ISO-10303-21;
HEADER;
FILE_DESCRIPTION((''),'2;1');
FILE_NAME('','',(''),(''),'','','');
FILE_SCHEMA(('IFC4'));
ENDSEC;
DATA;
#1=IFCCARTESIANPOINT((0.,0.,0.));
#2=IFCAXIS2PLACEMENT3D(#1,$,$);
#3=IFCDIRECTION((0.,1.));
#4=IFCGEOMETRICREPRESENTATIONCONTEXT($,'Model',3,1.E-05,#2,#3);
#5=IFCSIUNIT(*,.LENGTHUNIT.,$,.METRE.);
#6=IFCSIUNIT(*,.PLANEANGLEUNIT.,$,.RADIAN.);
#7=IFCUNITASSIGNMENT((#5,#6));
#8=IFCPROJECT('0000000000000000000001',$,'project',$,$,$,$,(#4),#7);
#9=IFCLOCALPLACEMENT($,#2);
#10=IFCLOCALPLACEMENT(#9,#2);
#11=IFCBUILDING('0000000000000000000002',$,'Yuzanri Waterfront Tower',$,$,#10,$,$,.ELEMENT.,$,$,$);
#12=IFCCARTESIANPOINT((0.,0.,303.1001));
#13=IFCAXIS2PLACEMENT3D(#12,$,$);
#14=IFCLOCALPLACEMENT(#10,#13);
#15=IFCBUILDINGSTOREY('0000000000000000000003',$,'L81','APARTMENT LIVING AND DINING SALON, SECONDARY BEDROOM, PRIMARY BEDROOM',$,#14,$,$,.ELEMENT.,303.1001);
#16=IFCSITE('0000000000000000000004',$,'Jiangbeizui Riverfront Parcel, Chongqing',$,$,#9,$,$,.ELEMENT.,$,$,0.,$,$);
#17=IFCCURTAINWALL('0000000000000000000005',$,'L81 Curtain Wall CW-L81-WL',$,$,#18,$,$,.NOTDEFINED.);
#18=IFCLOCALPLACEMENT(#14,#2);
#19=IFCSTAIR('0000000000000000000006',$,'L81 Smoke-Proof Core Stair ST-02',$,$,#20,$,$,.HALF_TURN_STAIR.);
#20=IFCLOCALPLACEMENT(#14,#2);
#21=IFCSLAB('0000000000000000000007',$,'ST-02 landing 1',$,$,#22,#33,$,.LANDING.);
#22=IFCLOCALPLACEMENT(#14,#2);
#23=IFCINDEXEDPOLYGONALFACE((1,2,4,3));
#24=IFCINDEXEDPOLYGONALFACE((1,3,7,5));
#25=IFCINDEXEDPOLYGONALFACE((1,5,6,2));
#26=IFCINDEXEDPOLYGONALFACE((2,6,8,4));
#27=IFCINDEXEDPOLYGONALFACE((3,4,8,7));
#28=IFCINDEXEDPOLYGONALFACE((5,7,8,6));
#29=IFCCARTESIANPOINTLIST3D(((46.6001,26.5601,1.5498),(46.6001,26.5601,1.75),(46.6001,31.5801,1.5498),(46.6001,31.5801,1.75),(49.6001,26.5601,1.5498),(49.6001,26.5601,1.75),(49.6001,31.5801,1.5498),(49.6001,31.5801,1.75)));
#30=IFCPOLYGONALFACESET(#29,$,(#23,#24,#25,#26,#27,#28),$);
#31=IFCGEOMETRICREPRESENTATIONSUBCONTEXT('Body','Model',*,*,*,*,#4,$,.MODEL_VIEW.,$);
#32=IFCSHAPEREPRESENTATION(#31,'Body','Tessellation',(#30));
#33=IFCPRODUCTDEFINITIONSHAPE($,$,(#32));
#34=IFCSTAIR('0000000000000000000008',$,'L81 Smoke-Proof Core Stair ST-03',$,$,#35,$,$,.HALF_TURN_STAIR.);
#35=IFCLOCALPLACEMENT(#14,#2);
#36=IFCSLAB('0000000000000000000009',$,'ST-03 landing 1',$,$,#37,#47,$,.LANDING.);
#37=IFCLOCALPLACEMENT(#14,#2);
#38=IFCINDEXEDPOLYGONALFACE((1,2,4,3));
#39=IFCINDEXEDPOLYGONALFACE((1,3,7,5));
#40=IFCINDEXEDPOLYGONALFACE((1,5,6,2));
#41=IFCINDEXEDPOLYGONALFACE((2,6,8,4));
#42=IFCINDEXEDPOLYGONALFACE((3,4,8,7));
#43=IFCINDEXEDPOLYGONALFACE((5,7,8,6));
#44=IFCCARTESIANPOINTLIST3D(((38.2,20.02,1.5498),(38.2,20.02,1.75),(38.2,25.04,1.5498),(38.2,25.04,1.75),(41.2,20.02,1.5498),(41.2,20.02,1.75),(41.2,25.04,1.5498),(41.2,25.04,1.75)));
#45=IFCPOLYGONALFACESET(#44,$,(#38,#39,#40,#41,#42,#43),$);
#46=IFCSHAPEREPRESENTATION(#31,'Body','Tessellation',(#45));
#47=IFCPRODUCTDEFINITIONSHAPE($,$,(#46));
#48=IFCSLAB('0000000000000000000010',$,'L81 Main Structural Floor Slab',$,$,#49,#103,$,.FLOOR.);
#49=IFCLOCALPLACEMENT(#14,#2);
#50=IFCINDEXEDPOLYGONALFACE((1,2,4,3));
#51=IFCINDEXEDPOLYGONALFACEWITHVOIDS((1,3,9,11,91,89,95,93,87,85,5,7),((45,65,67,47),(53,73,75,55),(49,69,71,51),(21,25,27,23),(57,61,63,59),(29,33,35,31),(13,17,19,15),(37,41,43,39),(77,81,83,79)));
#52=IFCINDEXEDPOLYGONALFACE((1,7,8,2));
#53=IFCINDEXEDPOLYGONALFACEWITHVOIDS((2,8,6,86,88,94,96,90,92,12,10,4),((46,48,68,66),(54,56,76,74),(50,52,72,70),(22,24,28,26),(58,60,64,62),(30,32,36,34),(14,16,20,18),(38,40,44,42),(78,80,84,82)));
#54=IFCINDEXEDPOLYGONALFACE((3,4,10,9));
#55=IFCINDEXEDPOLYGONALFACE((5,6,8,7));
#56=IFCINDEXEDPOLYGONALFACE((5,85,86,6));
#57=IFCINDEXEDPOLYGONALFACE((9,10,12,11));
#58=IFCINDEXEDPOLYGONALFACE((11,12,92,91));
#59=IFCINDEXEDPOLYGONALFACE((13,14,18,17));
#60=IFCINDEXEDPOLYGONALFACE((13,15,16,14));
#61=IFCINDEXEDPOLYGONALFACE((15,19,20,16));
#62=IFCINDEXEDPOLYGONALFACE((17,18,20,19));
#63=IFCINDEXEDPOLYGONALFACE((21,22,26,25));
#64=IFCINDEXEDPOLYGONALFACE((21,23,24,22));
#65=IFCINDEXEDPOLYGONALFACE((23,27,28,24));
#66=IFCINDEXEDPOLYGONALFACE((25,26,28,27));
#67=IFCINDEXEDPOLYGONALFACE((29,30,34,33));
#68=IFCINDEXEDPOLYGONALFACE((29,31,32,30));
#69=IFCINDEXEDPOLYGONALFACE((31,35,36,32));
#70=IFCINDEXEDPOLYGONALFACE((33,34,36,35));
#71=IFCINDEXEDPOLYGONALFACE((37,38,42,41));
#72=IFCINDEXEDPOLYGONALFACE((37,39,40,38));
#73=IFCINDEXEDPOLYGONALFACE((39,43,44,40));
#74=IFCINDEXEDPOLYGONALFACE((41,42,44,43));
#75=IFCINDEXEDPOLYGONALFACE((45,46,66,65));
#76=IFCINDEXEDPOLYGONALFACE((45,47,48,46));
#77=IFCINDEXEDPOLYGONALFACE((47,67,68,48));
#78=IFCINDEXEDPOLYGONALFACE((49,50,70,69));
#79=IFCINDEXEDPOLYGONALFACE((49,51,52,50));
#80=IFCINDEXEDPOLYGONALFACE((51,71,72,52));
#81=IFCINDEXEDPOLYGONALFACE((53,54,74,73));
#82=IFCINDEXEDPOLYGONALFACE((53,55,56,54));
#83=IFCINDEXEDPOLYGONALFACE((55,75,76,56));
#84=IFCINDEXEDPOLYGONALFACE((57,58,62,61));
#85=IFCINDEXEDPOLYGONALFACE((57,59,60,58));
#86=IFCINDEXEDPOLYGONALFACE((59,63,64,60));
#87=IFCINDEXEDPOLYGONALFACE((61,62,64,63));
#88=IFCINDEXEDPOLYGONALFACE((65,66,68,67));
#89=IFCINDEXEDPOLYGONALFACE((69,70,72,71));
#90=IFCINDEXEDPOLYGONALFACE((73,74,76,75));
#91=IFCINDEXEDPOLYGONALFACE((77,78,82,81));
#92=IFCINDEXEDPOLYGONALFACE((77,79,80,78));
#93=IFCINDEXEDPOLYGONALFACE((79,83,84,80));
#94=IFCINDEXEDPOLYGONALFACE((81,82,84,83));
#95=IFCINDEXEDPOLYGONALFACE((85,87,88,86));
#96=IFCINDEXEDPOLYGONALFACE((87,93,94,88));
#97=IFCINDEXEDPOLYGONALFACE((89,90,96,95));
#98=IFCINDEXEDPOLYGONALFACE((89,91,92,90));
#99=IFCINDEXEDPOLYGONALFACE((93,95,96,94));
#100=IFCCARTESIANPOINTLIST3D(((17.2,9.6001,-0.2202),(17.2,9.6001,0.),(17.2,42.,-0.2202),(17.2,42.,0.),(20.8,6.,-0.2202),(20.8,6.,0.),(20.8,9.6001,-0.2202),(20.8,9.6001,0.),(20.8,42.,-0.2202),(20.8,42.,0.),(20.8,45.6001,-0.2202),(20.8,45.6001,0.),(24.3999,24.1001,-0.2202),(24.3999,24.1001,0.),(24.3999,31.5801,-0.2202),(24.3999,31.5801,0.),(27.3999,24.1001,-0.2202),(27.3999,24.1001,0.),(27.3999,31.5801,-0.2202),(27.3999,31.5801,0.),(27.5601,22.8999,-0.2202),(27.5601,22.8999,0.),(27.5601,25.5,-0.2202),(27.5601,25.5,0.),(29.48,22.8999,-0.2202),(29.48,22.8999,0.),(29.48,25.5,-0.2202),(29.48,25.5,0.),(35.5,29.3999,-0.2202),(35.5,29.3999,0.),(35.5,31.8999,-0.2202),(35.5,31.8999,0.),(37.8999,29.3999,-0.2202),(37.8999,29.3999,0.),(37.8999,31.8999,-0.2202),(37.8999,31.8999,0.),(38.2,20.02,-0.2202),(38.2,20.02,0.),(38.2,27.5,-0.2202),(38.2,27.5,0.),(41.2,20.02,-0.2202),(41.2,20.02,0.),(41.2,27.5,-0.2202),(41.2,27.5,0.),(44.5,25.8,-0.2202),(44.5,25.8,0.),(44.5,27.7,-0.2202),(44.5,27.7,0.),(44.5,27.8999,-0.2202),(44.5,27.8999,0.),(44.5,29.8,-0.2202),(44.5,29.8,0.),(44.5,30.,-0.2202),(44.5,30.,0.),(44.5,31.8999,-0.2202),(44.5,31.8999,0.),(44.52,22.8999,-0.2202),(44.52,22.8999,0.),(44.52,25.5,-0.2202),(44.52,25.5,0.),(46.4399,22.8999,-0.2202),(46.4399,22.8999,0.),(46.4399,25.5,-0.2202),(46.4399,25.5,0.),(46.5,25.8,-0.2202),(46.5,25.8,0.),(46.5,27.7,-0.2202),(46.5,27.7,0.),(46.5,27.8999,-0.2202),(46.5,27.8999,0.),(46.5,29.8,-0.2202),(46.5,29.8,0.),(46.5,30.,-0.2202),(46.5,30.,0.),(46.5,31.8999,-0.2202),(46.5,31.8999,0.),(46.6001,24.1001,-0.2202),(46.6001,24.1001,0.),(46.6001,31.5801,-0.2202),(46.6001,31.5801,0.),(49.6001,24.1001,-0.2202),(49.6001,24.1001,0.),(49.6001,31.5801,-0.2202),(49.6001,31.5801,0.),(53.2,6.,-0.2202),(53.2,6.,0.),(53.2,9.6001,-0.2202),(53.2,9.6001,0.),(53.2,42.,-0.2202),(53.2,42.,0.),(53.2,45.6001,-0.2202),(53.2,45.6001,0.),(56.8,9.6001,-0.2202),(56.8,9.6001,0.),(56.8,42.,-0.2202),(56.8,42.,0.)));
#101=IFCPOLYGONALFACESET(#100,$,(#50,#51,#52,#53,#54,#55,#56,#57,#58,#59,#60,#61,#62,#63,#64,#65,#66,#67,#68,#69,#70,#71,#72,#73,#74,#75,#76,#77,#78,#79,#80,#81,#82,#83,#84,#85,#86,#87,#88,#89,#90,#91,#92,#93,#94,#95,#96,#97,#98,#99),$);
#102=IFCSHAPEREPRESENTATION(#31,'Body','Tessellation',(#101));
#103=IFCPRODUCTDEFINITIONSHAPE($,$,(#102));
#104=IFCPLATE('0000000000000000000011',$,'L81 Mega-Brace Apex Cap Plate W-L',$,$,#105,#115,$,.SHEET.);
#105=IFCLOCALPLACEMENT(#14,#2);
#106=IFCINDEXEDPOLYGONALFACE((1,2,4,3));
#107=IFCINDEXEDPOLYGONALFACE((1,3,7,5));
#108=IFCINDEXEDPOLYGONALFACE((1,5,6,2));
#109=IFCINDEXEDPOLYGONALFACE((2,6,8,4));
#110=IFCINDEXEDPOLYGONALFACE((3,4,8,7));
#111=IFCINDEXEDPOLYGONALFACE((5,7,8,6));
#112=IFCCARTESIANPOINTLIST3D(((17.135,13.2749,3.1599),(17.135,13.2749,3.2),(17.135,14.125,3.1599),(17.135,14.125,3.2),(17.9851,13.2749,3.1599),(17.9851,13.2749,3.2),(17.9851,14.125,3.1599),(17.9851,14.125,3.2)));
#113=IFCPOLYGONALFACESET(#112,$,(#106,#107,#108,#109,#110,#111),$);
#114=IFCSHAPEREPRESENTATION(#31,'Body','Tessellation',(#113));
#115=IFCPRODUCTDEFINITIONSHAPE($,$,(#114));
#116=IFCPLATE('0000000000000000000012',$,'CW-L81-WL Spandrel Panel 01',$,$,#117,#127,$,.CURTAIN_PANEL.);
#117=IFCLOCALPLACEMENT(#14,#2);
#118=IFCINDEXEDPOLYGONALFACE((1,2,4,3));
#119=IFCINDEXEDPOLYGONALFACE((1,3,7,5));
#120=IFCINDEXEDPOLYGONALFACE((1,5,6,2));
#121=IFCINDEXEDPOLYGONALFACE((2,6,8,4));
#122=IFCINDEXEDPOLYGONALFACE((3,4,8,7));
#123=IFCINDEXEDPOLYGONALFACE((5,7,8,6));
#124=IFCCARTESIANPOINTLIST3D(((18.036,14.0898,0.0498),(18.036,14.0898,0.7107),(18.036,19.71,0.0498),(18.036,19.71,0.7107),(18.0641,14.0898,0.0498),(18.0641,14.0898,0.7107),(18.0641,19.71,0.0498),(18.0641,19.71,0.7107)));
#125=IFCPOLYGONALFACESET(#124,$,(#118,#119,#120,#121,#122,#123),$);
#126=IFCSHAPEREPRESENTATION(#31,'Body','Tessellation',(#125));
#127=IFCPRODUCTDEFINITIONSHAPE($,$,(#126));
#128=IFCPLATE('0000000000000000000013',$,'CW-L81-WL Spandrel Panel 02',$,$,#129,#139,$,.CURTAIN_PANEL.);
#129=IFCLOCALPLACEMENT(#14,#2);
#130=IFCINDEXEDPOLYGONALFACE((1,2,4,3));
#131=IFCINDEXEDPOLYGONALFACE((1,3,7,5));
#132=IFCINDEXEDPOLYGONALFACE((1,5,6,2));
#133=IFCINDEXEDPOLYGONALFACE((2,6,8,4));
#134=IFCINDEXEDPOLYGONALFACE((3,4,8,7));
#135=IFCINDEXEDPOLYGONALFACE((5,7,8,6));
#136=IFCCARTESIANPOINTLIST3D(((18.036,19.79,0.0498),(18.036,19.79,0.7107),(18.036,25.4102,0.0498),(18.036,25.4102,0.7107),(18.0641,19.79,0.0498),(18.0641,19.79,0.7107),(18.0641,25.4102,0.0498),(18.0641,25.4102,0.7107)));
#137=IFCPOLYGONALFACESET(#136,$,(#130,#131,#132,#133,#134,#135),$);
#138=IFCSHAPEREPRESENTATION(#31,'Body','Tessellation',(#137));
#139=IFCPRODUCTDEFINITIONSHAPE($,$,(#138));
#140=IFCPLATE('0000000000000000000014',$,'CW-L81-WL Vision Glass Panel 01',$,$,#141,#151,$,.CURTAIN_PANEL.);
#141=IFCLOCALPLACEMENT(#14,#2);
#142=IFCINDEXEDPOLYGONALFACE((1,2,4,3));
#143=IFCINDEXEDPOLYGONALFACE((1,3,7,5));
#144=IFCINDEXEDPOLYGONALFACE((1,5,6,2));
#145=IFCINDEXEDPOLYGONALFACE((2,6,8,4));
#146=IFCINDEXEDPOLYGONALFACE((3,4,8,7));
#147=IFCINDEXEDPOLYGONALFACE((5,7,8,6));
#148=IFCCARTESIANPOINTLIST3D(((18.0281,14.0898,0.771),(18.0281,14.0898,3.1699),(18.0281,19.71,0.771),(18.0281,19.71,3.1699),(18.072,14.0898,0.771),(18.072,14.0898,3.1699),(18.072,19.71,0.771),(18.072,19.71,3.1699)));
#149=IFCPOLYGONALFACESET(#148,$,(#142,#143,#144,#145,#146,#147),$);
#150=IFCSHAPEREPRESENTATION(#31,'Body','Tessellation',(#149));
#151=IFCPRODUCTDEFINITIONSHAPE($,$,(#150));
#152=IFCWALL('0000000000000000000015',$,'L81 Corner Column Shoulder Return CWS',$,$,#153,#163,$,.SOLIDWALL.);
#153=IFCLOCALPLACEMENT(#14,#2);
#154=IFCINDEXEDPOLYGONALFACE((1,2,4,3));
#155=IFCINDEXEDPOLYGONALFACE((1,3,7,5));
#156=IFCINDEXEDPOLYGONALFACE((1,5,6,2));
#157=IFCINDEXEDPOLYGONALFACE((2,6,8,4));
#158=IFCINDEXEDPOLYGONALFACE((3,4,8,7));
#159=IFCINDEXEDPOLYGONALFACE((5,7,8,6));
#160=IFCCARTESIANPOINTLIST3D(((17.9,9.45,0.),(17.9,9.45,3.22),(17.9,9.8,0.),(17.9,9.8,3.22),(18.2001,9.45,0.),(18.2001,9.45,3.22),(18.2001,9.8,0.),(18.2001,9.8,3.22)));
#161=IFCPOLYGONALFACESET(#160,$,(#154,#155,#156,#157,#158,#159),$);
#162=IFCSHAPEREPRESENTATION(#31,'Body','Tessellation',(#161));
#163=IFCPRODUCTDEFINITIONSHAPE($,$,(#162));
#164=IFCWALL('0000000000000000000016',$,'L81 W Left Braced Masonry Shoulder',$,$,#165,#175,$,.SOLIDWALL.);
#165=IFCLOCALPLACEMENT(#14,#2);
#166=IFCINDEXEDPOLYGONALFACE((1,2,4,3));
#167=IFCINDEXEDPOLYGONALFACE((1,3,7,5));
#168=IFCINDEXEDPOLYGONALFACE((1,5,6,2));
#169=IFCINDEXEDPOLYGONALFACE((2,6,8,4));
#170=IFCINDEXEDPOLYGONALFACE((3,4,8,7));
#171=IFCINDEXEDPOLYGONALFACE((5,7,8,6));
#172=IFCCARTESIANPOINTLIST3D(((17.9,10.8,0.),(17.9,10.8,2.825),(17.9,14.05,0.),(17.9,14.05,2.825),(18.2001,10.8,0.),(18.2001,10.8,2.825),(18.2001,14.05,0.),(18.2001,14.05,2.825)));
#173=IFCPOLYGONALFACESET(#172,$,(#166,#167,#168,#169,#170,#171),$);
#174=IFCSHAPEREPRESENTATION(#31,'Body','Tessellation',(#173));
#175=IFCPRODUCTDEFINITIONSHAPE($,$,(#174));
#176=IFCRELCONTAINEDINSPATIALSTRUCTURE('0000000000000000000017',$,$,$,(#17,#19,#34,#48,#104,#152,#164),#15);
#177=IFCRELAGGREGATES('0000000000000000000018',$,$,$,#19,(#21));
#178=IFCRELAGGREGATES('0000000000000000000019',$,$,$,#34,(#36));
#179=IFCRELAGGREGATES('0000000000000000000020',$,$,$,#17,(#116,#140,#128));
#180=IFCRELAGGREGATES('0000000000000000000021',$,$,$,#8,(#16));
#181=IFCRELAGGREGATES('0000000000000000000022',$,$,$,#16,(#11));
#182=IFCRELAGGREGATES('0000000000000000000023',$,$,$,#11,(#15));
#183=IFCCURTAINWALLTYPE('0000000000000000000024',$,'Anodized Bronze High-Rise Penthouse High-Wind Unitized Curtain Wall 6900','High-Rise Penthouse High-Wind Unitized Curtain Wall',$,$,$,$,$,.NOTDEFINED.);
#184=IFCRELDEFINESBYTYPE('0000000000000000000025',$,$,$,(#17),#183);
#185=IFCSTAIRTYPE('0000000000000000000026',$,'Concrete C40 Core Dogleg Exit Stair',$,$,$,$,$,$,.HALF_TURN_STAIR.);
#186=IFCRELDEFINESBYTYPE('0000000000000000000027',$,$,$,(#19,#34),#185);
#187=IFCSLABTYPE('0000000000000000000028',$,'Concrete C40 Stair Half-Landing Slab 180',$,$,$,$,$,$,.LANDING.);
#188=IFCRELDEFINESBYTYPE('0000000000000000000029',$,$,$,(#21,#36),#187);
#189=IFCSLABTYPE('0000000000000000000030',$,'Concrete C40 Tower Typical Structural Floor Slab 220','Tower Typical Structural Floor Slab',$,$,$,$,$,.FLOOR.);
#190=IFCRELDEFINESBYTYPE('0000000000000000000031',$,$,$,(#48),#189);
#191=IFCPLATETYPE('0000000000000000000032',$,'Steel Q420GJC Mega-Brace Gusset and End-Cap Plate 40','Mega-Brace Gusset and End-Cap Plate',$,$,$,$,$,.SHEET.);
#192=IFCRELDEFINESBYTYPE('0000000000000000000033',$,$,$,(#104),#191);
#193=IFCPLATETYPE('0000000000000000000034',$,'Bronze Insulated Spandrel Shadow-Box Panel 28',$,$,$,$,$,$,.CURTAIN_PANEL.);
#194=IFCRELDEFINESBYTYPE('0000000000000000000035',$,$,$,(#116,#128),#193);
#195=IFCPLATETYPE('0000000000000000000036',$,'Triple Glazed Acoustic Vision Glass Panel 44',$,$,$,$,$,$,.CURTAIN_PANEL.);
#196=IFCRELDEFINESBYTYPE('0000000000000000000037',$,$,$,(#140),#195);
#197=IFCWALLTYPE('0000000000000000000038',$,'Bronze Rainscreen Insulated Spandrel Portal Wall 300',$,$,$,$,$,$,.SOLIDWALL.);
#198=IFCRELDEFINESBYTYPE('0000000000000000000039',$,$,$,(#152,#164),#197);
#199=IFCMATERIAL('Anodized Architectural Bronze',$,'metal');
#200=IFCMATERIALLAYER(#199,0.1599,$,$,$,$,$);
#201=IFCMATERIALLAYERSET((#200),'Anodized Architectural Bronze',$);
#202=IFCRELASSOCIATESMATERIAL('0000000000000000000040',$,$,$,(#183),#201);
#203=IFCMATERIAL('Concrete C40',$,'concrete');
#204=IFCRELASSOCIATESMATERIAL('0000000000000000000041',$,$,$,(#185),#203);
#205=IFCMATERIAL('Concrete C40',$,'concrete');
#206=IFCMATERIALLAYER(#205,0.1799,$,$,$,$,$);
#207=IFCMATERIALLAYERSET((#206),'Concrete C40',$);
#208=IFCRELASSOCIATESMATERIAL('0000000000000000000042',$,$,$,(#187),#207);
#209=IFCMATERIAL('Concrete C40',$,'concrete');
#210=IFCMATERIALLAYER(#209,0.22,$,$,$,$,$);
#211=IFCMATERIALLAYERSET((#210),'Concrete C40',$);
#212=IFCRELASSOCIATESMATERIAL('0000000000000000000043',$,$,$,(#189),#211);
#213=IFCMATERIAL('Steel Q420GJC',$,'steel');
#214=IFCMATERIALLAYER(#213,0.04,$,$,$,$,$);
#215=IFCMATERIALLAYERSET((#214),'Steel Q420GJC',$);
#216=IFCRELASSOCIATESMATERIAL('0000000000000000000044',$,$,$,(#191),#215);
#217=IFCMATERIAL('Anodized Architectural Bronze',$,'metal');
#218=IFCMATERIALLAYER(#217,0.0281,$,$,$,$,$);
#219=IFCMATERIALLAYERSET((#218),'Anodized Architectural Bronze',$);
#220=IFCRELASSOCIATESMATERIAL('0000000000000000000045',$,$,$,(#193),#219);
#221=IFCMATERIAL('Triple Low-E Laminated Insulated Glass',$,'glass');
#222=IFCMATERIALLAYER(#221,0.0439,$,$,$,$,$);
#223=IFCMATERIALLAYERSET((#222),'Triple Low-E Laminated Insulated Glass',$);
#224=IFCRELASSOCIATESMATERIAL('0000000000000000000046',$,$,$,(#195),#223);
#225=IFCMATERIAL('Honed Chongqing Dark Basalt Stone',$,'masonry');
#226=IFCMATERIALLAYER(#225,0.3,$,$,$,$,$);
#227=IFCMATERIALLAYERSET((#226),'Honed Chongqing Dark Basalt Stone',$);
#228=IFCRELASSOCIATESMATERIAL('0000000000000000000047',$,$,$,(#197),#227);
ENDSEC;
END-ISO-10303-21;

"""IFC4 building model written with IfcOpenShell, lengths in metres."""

from ifc_helpers import new_model, si_unit, direction, frame, frame_2d, origin, origin_2d, place, context, subcontext, project, spatial, polyline, rectangle, outline, extrude, source, transform, mapped, material, layer, layer_set, type_object, element, aggregate, save


model = new_model("IFC4")

# Units and contexts
model_context = context("Model", 3, precision=1e-05, world=origin(), true_north=direction((0.0, 1.0)))
body_context = subcontext(model_context, "Body", "Model", "MODEL_VIEW")
ifc_project = project(units=[si_unit("LENGTHUNIT", "METRE"), si_unit("PLANEANGLEUNIT", "RADIAN")], contexts=[model_context])

# Site, building, storey
site_placement = place(None, origin())
site = spatial("IfcSite", under=ifc_project, at=site_placement, Name="Jiangbeizui Riverfront Parcel, Chongqing", CompositionType="ELEMENT", RefElevation=0.0)
building_placement = place(site_placement, origin())
building = spatial("IfcBuilding", under=site, at=building_placement, Name="Yuzanri Waterfront Tower", CompositionType="ELEMENT")
storey_placement = place(building_placement, frame((0.0, 0.0, 303.1001)))
storey = spatial("IfcBuildingStorey", under=building, at=storey_placement, Name="L81", Description="APARTMENT LIVING AND DINING SALON, SECONDARY BEDROOM, PRIMARY BEDROOM", CompositionType="ELEMENT", Elevation=303.1001)

# Curtain wall
ifc_material_1 = material(Name="Anodized Architectural Bronze", Category="metal")
ifc_layer_1 = layer(ifc_material_1, 0.1599)
ifc_layer_set_1 = layer_set([ifc_layer_1], Name="Anodized Architectural Bronze")
curtain_wall_type = type_object("IfcCurtainWallType", Name="Anodized Bronze High-Rise Penthouse High-Wind Unitized Curtain Wall 6900", Description="High-Rise Penthouse High-Wind Unitized Curtain Wall", PredefinedType="NOTDEFINED", material=ifc_layer_set_1)
curtain_wall_placement = place(storey_placement, origin())
curtain_wall = element("IfcCurtainWall", 1, at=curtain_wall_placement, inside=storey, type_object=curtain_wall_type, Name="L81 Curtain Wall CW-L81-WL", PredefinedType="NOTDEFINED")

# Stairs, slabs
ifc_material_2 = material(Name="Concrete C40", Category="concrete")
stair_type = type_object("IfcStairType", Name="Concrete C40 Core Dogleg Exit Stair", PredefinedType="HALF_TURN_STAIR", material=ifc_material_2)
ifc_material_3 = material(Name="Concrete C40", Category="concrete")
ifc_layer_2 = layer(ifc_material_3, 0.1799)
ifc_layer_set_2 = layer_set([ifc_layer_2], Name="Concrete C40")
slab_type_1 = type_object("IfcSlabType", Name="Concrete C40 Stair Half-Landing Slab 180", PredefinedType="LANDING", material=ifc_layer_set_2)
stair_1_placement = place(storey_placement, origin())
stair_1 = element("IfcStair", 2, at=stair_1_placement, inside=storey, type_object=stair_type, Name="L81 Smoke-Proof Core Stair ST-02", PredefinedType="HALF_TURN_STAIR")
slab_1_placement = place(storey_placement, frame((0.0, 0.0, 1.5498)))
slab_1 = element("IfcSlab", 3, at=slab_1_placement, type_object=slab_type_1, Name="ST-02 landing 1", PredefinedType="LANDING", context=body_context, shape_type="SweptSolid", body=[
    extrude(outline(polyline([(49.6001, 26.5601), (49.6001, 31.5801), (46.6001, 31.5801), (46.6001, 26.5601), (49.6001, 26.5601)])), origin(), (0.0, 0.0, 1.0), 0.2002),
])
aggregate(stair_1, [slab_1])
stair_2_placement = place(storey_placement, origin())
stair_2 = element("IfcStair", 4, at=stair_2_placement, inside=storey, type_object=stair_type, Name="L81 Smoke-Proof Core Stair ST-03", PredefinedType="HALF_TURN_STAIR")
slab_2_placement = place(storey_placement, frame((0.0, 0.0, 1.5498)))
slab_2 = element("IfcSlab", 5, at=slab_2_placement, type_object=slab_type_1, Name="ST-03 landing 1", PredefinedType="LANDING", context=body_context, shape_type="SweptSolid", body=[
    extrude(outline(polyline([(38.2, 25.04), (38.2, 20.02), (41.2, 20.02), (41.2, 25.04), (38.2, 25.04)])), origin(), (0.0, 0.0, 1.0), 0.2002),
])
aggregate(stair_2, [slab_2])

# Slab
ifc_material_4 = material(Name="Concrete C40", Category="concrete")
ifc_layer_3 = layer(ifc_material_4, 0.22)
ifc_layer_set_3 = layer_set([ifc_layer_3], Name="Concrete C40")
slab_type_2 = type_object("IfcSlabType", Name="Concrete C40 Tower Typical Structural Floor Slab 220", Description="Tower Typical Structural Floor Slab", PredefinedType="FLOOR", material=ifc_layer_set_3)
slab_3_placement = place(storey_placement, frame((0.0, 0.0, -0.2202)))
element("IfcSlab", 6, at=slab_3_placement, inside=storey, type_object=slab_type_2, Name="L81 Main Structural Floor Slab", PredefinedType="FLOOR", context=body_context, shape_type="SweptSolid", body=[
    extrude(outline(polyline([(20.8, 6.0), (53.2, 6.0), (53.2, 9.6001), (56.8, 9.6001), (56.8, 42.0), (53.2, 42.0), (53.2, 45.6001), (20.8, 45.6001), (20.8, 42.0), (17.2, 42.0), (17.2, 9.6001), (20.8, 9.6001), (20.8, 6.0)]), holes=[polyline([(27.3999, 24.1001), (27.3999, 31.5801), (24.3999, 31.5801), (24.3999, 24.1001), (27.3999, 24.1001)]), polyline([(49.6001, 24.1001), (49.6001, 31.5801), (46.6001, 31.5801), (46.6001, 24.1001), (49.6001, 24.1001)]), polyline([(38.2, 27.5), (38.2, 20.02), (41.2, 20.02), (41.2, 27.5), (38.2, 27.5)]), polyline([(27.5601, 22.8999), (29.48, 22.8999), (29.48, 25.5), (27.5601, 25.5), (27.5601, 22.8999)]), polyline([(44.52, 22.8999), (46.4399, 22.8999), (46.4399, 25.5), (44.52, 25.5), (44.52, 22.8999)]), polyline([(35.5, 29.3999), (37.8999, 29.3999), (37.8999, 31.8999), (35.5, 31.8999), (35.5, 29.3999)]), polyline([(44.5, 25.8), (46.5, 25.8), (46.5, 27.7), (44.5, 27.7), (44.5, 25.8)]), polyline([(44.5, 27.8999), (46.5, 27.8999), (46.5, 29.8), (44.5, 29.8), (44.5, 27.8999)]), polyline([(44.5, 30.0), (46.5, 30.0), (46.5, 31.8999), (44.5, 31.8999), (44.5, 30.0)])]), origin(), (0.0, 0.0, 1.0), 0.2202),
])

# Plates
ifc_material_5 = material(Name="Steel Q420GJC", Category="steel")
ifc_layer_4 = layer(ifc_material_5, 0.04)
ifc_layer_set_4 = layer_set([ifc_layer_4], Name="Steel Q420GJC")
plate_type_1 = type_object("IfcPlateType", Name="Steel Q420GJC Mega-Brace Gusset and End-Cap Plate 40", Description="Mega-Brace Gusset and End-Cap Plate", PredefinedType="SHEET", material=ifc_layer_set_4)
shared_shape_1 = source(origin(), body_context, "Body", "SweptSolid", [
    extrude(rectangle(XDim=0.8501, YDim=0.8501, at=origin_2d()), origin(), (0.0, 0.0, 1.0), 0.04),
])
plate_1_placement = place(storey_placement, frame((17.5601, 13.7, 3.1599), z_axis=(0.0, 0.0, 1.0), x_axis=(1.0, 0.0, 0.0)))
element("IfcPlate", 7, at=plate_1_placement, inside=storey, type_object=plate_type_1, Name="L81 Mega-Brace Apex Cap Plate W-L", PredefinedType="SHEET", context=body_context, shape_type="MappedRepresentation", body=[
    mapped(shared_shape_1, transform((0.0, 0.0, 0.0), scale=1.0)),
])
ifc_material_6 = material(Name="Anodized Architectural Bronze", Category="metal")
ifc_layer_5 = layer(ifc_material_6, 0.0281)
ifc_layer_set_5 = layer_set([ifc_layer_5], Name="Anodized Architectural Bronze")
plate_type_2 = type_object("IfcPlateType", Name="Bronze Insulated Spandrel Shadow-Box Panel 28", PredefinedType="CURTAIN_PANEL", material=ifc_layer_set_5)
shared_shape_2 = source(origin(), body_context, "Body", "SweptSolid", [
    extrude(rectangle(XDim=5.6201, YDim=0.0281, at=origin_2d()), origin(), (0.0, 0.0, 1.0), 0.6609),
])
plate_2_placement = place(storey_placement, frame((18.05, 16.8999, 0.0498), z_axis=(0.0, 0.0, 1.0), x_axis=(0.0, 1.0, 0.0)))
plate_2 = element("IfcPlate", 8, at=plate_2_placement, type_object=plate_type_2, Name="CW-L81-WL Spandrel Panel 01", PredefinedType="CURTAIN_PANEL", context=body_context, shape_type="MappedRepresentation", body=[
    mapped(shared_shape_2, transform((0.0, 0.0, 0.0), scale=1.0)),
])
plate_3_placement = place(storey_placement, frame((18.05, 22.6001, 0.0498), z_axis=(0.0, 0.0, 1.0), x_axis=(0.0, 1.0, 0.0)))
plate_3 = element("IfcPlate", 9, at=plate_3_placement, type_object=plate_type_2, Name="CW-L81-WL Spandrel Panel 02", PredefinedType="CURTAIN_PANEL", context=body_context, shape_type="MappedRepresentation", body=[
    mapped(shared_shape_2, transform((0.0, 0.0, 0.0), scale=1.0)),
])
ifc_material_7 = material(Name="Triple Low-E Laminated Insulated Glass", Category="glass")
ifc_layer_6 = layer(ifc_material_7, 0.0439)
ifc_layer_set_6 = layer_set([ifc_layer_6], Name="Triple Low-E Laminated Insulated Glass")
plate_type_3 = type_object("IfcPlateType", Name="Triple Glazed Acoustic Vision Glass Panel 44", PredefinedType="CURTAIN_PANEL", material=ifc_layer_set_6)
shared_shape_3 = source(origin(), body_context, "Body", "SweptSolid", [
    extrude(rectangle(XDim=5.6201, YDim=0.0439, at=origin_2d()), origin(), (0.0, 0.0, 1.0), 2.3989),
])
plate_4_placement = place(storey_placement, frame((18.05, 16.8999, 0.771), z_axis=(0.0, 0.0, 1.0), x_axis=(0.0, 1.0, 0.0)))
plate_4 = element("IfcPlate", 10, at=plate_4_placement, type_object=plate_type_3, Name="CW-L81-WL Vision Glass Panel 01", PredefinedType="CURTAIN_PANEL", context=body_context, shape_type="MappedRepresentation", body=[
    mapped(shared_shape_3, transform((0.0, 0.0, 0.0), scale=1.0)),
])
aggregate(curtain_wall, [plate_2, plate_4, plate_3])

# Walls
ifc_material_8 = material(Name="Honed Chongqing Dark Basalt Stone", Category="masonry")
ifc_layer_7 = layer(ifc_material_8, 0.3)
ifc_layer_set_7 = layer_set([ifc_layer_7], Name="Honed Chongqing Dark Basalt Stone")
wall_type = type_object("IfcWallType", Name="Bronze Rainscreen Insulated Spandrel Portal Wall 300", PredefinedType="SOLIDWALL", material=ifc_layer_set_7)
shared_shape_4 = source(origin(), body_context, "Body", "SweptSolid", [
    extrude(rectangle(XDim=0.3501, YDim=0.3, at=frame_2d((0.175, 0.0))), origin(), (0.0, 0.0, 1.0), 3.22),
])
wall_1_placement = place(storey_placement, frame((18.05, 9.45, 0.0), z_axis=(0.0, 0.0, 1.0), x_axis=(0.0, 1.0, 0.0)))
element("IfcWall", 11, at=wall_1_placement, inside=storey, type_object=wall_type, Name="L81 Corner Column Shoulder Return CWS", PredefinedType="SOLIDWALL", context=body_context, shape_type="MappedRepresentation", body=[
    mapped(shared_shape_4, transform((0.0, 0.0, 0.0), scale=1.0)),
])
shared_shape_5 = source(origin(), body_context, "Body", "SweptSolid", [
    extrude(rectangle(XDim=3.25, YDim=0.3, at=frame_2d((1.625, 0.0))), origin(), (0.0, 0.0, 1.0), 2.825),
])
wall_2_placement = place(storey_placement, frame((18.05, 10.8, 0.0), z_axis=(0.0, 0.0, 1.0), x_axis=(0.0, 1.0, 0.0)))
element("IfcWall", 12, at=wall_2_placement, inside=storey, type_object=wall_type, Name="L81 W Left Braced Masonry Shoulder", PredefinedType="SOLIDWALL", context=body_context, shape_type="MappedRepresentation", body=[
    mapped(shared_shape_5, transform((0.0, 0.0, 0.0), scale=1.0)),
])

save(model, "model.ifc")
